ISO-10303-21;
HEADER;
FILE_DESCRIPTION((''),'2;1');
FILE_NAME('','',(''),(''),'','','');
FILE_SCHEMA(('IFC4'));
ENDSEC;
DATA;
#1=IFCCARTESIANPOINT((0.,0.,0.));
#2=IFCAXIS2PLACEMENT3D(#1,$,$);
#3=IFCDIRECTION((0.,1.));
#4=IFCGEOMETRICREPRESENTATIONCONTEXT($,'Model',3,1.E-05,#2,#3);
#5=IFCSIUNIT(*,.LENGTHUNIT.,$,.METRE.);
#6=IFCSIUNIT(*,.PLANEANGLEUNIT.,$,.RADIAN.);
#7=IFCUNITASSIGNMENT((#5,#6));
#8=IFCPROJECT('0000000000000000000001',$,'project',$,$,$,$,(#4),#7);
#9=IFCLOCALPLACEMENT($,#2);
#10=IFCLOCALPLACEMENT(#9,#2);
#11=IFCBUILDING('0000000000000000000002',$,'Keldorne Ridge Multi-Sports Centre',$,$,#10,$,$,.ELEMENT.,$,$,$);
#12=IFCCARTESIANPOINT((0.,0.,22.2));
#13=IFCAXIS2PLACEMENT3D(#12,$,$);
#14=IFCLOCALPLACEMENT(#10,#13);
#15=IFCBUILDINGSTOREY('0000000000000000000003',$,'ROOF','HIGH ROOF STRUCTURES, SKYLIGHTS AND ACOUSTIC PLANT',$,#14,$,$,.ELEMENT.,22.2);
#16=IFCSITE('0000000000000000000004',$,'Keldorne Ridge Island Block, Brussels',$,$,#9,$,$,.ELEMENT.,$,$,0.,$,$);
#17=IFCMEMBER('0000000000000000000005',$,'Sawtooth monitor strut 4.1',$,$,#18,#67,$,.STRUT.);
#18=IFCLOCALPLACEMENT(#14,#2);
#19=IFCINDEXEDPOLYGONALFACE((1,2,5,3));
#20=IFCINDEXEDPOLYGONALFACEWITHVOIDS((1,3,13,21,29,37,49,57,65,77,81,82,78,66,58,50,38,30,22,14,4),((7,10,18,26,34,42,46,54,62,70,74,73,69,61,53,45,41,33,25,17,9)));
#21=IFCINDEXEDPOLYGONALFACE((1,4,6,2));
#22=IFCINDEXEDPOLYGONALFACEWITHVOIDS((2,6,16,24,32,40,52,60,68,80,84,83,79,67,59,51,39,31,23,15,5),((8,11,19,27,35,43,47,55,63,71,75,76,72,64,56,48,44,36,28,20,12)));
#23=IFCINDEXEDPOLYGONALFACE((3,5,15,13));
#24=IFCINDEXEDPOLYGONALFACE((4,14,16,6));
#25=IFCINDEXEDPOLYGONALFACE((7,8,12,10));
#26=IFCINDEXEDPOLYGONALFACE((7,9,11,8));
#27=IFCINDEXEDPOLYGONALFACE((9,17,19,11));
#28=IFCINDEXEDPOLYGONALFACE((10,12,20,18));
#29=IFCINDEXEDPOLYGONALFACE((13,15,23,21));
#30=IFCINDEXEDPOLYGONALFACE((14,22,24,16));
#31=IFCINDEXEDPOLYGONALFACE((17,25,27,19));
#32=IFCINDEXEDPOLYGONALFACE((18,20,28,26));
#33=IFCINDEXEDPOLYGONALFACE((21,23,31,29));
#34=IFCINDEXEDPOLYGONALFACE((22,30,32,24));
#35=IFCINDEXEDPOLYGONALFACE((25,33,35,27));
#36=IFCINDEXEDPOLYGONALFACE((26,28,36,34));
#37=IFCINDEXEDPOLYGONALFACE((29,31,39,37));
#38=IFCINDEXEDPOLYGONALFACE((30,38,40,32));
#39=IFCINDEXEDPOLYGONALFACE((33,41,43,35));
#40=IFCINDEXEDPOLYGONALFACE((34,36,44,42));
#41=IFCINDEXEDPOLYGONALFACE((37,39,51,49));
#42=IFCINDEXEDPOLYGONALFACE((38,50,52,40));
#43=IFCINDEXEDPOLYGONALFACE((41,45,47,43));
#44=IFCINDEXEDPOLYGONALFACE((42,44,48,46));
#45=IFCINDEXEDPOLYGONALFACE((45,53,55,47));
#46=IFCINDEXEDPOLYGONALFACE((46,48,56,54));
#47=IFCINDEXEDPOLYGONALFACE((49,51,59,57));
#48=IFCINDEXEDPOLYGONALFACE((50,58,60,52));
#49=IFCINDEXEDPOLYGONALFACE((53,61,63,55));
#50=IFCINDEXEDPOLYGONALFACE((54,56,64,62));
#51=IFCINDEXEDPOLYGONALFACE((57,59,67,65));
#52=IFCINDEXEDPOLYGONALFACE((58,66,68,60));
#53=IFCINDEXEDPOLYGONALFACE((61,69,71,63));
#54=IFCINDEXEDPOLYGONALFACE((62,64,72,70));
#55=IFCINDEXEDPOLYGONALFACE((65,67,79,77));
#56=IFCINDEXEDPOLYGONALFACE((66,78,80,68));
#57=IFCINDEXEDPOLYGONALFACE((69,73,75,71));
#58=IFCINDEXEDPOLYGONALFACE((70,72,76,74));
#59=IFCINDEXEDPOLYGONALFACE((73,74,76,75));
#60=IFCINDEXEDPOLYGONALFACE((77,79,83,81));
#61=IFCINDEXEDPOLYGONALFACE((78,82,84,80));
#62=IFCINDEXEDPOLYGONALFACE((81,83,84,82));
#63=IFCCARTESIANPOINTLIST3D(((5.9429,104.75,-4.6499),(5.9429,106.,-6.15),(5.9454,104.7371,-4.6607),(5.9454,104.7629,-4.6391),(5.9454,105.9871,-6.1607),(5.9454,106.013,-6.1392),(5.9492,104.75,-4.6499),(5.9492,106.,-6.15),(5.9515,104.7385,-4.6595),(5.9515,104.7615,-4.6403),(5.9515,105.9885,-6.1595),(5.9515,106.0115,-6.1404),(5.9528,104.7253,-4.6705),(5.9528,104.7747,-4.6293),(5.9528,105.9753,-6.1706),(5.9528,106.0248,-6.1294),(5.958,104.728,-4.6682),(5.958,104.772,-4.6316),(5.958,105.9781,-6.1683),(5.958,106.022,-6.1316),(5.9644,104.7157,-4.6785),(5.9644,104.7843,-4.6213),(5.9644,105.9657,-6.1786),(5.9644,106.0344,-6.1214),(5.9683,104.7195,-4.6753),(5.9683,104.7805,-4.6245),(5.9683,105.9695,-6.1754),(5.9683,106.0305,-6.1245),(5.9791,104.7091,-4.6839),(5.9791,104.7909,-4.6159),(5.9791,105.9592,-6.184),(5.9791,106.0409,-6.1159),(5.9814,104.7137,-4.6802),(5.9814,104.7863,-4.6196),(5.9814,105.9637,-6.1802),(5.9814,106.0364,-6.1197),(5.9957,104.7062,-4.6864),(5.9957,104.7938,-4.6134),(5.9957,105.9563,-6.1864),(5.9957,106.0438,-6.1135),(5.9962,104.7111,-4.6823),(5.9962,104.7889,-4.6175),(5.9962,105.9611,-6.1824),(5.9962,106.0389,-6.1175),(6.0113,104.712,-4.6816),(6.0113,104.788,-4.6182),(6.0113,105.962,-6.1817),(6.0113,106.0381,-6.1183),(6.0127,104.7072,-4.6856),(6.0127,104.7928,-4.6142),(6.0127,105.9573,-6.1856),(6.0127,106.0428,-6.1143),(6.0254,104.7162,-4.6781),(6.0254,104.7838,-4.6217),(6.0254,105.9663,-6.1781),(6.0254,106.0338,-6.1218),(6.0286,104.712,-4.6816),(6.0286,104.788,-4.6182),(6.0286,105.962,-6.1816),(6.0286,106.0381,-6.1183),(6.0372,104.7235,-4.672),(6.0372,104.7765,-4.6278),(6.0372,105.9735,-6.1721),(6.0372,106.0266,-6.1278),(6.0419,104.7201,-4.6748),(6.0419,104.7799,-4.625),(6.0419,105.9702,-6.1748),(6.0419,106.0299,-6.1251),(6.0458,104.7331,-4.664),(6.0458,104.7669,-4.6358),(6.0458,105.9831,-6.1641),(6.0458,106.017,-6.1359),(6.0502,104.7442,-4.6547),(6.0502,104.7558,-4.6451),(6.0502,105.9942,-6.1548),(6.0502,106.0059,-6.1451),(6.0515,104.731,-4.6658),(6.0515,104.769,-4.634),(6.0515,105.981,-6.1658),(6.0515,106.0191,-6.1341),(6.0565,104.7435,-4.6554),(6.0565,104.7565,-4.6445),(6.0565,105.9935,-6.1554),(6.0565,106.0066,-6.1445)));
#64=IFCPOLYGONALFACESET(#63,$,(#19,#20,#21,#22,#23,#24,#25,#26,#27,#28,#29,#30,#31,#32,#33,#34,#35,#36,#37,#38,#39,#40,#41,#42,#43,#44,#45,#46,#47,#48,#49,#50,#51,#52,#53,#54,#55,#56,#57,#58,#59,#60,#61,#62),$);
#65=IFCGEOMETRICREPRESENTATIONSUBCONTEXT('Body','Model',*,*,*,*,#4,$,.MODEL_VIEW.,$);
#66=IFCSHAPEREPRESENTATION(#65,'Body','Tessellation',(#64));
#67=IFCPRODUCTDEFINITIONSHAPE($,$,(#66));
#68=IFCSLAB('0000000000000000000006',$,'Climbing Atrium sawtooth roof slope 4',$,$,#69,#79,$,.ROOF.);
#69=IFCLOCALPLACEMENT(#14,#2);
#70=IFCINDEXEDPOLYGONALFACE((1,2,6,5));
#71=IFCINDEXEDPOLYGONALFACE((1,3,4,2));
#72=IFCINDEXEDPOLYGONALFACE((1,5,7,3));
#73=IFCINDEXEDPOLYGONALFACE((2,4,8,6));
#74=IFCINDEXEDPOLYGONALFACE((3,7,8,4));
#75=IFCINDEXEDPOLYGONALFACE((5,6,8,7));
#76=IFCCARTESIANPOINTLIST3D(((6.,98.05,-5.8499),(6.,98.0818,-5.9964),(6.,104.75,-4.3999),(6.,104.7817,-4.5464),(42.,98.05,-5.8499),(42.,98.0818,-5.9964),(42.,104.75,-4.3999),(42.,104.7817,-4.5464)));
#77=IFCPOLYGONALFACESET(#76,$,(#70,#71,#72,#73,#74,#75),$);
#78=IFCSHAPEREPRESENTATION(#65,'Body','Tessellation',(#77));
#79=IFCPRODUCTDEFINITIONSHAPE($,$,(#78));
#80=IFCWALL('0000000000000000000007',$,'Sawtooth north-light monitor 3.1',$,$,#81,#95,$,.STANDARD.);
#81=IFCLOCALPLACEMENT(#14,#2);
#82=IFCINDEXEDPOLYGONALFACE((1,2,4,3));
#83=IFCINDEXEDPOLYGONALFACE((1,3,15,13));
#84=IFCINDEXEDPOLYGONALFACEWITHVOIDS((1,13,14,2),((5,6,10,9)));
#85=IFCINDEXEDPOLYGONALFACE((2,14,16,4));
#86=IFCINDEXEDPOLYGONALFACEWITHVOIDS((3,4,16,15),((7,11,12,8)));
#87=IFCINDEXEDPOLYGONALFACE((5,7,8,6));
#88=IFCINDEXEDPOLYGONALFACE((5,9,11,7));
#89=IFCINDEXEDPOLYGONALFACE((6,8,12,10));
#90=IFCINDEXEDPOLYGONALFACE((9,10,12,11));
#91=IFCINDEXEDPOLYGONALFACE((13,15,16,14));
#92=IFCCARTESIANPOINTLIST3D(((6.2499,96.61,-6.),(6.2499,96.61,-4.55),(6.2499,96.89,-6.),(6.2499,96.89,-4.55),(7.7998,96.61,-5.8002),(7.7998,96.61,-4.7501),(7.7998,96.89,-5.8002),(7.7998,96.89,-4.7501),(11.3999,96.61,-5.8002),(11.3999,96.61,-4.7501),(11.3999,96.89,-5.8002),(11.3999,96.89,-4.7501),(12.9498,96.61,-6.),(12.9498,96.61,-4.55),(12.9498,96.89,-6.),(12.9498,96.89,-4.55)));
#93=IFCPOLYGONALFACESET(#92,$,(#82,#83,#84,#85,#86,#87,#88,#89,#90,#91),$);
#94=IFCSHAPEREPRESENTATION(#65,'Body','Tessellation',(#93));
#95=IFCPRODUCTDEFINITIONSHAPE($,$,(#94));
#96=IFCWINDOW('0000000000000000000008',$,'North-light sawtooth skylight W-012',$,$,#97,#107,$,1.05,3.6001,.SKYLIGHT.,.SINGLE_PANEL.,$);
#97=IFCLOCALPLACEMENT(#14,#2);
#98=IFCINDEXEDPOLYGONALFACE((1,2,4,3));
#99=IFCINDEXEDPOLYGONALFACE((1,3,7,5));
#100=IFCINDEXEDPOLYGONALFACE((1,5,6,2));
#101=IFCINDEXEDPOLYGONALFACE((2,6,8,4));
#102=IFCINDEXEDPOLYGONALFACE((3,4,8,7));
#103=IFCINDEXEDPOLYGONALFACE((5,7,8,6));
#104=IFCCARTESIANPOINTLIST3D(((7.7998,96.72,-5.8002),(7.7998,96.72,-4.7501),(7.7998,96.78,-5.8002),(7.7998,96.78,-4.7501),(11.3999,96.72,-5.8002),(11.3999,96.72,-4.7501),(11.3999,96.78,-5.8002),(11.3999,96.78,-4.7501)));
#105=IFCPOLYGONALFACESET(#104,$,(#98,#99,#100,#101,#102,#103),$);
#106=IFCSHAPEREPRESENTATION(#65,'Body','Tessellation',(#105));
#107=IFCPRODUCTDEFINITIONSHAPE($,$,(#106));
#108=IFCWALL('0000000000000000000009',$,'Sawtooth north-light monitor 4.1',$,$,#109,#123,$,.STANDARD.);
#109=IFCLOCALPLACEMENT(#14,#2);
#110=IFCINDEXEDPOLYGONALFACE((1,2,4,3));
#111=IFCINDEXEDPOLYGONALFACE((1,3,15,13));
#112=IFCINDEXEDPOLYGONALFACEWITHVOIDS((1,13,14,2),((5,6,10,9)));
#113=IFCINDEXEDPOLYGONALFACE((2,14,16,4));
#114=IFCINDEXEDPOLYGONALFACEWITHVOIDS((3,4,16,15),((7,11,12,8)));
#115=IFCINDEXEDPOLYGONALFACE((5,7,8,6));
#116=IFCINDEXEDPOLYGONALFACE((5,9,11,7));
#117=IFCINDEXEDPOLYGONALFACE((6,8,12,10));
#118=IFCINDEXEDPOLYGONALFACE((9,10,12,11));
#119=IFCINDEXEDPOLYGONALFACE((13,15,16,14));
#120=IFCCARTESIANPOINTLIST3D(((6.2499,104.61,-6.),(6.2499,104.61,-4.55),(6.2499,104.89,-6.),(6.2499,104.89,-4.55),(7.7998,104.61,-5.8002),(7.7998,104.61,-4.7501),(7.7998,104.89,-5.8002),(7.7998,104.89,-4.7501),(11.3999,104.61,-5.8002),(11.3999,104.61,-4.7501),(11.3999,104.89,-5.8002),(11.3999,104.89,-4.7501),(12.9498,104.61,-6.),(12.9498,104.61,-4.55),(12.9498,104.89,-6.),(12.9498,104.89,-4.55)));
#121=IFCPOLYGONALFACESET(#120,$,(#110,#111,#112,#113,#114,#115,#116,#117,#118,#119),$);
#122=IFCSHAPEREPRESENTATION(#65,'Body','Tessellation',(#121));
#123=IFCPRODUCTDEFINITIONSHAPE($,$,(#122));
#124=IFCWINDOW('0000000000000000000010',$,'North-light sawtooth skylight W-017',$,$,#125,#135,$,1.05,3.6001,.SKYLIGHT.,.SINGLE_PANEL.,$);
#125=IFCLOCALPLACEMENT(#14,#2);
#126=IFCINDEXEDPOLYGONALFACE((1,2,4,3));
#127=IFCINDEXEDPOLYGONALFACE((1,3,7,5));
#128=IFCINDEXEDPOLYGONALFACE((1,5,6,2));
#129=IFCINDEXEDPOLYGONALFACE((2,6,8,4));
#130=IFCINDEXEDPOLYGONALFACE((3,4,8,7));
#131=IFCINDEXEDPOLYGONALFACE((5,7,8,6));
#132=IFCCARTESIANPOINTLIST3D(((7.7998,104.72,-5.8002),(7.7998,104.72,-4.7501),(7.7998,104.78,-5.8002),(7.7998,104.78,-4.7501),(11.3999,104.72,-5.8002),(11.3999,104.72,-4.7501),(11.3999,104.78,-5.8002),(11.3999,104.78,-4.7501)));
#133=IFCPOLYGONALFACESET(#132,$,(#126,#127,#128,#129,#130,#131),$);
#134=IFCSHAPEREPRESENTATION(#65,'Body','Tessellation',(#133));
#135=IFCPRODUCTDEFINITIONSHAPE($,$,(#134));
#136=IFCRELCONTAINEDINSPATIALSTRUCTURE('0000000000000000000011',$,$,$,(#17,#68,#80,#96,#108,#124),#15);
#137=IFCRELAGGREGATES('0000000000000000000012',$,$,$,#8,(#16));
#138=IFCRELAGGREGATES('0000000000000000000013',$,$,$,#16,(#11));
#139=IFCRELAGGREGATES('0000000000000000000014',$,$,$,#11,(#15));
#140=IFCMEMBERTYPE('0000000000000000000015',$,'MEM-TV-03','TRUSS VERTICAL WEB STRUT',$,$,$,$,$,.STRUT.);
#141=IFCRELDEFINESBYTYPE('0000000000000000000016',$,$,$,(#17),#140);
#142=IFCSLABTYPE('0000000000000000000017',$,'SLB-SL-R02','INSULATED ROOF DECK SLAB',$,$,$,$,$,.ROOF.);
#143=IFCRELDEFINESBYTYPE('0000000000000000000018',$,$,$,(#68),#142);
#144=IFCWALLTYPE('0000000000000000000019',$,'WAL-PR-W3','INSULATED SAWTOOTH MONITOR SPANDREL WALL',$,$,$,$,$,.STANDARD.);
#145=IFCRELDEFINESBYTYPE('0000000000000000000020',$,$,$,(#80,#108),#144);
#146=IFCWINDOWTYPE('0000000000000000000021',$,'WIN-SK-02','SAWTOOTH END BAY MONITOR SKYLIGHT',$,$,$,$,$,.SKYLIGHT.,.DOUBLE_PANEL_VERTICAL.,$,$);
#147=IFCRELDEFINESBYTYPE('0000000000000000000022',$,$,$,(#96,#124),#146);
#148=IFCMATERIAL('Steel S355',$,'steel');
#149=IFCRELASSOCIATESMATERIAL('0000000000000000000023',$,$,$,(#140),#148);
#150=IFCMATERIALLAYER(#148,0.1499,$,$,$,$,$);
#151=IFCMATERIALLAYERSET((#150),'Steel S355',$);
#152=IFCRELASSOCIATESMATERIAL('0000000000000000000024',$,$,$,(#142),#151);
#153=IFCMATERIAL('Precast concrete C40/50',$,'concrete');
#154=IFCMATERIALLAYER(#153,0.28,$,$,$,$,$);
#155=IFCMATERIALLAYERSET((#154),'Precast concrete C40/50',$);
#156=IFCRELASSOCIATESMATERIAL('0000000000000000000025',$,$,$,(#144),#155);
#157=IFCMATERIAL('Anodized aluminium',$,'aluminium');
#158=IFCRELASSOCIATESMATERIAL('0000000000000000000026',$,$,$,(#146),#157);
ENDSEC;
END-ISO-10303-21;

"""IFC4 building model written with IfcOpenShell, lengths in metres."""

from ifc_helpers import new_model, si_unit, direction, frame, frame_2d, origin, origin_2d, place, context, subcontext, project, spatial, polyline, rectangle, hollow_circle, outline, extrude, material, layer, layer_set, material_profile, profile_set, type_object, element, fill, save


model = new_model("IFC4")

# Units and contexts
model_context = context("Model", 3, precision=1e-05, world=origin(), true_north=direction((0.0, 1.0)))
body_context = subcontext(model_context, "Body", "Model", "MODEL_VIEW")
ifc_project = project(units=[si_unit("LENGTHUNIT", "METRE"), si_unit("PLANEANGLEUNIT", "RADIAN")], contexts=[model_context])

# Site, building, storey
site_placement = place(None, origin())
site = spatial("IfcSite", under=ifc_project, at=site_placement, Name="Keldorne Ridge Island Block, Brussels", CompositionType="ELEMENT", RefElevation=0.0)
building_placement = place(site_placement, origin())
building = spatial("IfcBuilding", under=site, at=building_placement, Name="Keldorne Ridge Multi-Sports Centre", CompositionType="ELEMENT")
storey_placement = place(building_placement, frame((0.0, 0.0, 22.2)))
storey = spatial("IfcBuildingStorey", under=building, at=storey_placement, Name="ROOF", Description="HIGH ROOF STRUCTURES, SKYLIGHTS AND ACOUSTIC PLANT", CompositionType="ELEMENT", Elevation=22.2)

# Shared definitions
ifc_material_1 = material(Name="Steel S355", Category="steel")

# Member
ifc_material_profile_1 = material_profile(ifc_material_1, hollow_circle(Radius=0.0571, WallThickness=0.0063, at=origin_2d()), Name="CHS 114.3x6.3")
ifc_profile_set_1 = profile_set([ifc_material_profile_1], Name="Steel S355")
member_type_1 = type_object("IfcMemberType", Name="MEM-TV-03", Description="TRUSS VERTICAL WEB STRUT", PredefinedType="STRUT", material=ifc_profile_set_1)
member_1_placement = place(storey_placement, frame((6.0, 104.75, -4.6499), z_axis=(0.0, 0.640184, -0.768221), x_axis=(-1.0, 0.0, 0.0)))
element("IfcMember", 1, at=member_1_placement, inside=storey, type_object=member_type_1, Name="Sawtooth monitor strut 4.1", PredefinedType="STRUT", context=body_context, shape_type="SweptSolid", body=[
    extrude(hollow_circle(Radius=0.0571, WallThickness=0.0063, at=origin_2d()), origin(), (0.0, 0.0, 1.0), 1.9526),
])

# Slab
ifc_layer_1 = layer(ifc_material_1, 0.1499)
ifc_layer_set_1 = layer_set([ifc_layer_1], Name="Steel S355")
slab_type = type_object("IfcSlabType", Name="SLB-SL-R02", Description="INSULATED ROOF DECK SLAB", PredefinedType="ROOF", material=ifc_layer_set_1)
slab_placement = place(storey_placement, frame((6.0, 98.05, -5.8499), z_axis=(0.0, -0.211516, 0.977375), x_axis=(1.0, 0.0, 0.0)))
element("IfcSlab", 2, at=slab_placement, inside=storey, type_object=slab_type, Name="Climbing Atrium sawtooth roof slope 4", PredefinedType="ROOF", context=body_context, shape_type="SweptSolid", body=[
    extrude(outline(polyline([(0.0, 0.0), (36.0, 0.0), (36.0, 6.855), (0.0, 6.855), (0.0, 0.0)])), origin(), (0.0, 0.0, -1.0), 0.1499),
])

# Walls, openings, windows
ifc_material_2 = material(Name="Precast concrete C40/50", Category="concrete")
ifc_layer_2 = layer(ifc_material_2, 0.28)
ifc_layer_set_2 = layer_set([ifc_layer_2], Name="Precast concrete C40/50")
wall_type = type_object("IfcWallType", Name="WAL-PR-W3", Description="INSULATED SAWTOOTH MONITOR SPANDREL WALL", PredefinedType="STANDARD", material=ifc_layer_set_2)
wall_1_placement = place(storey_placement, frame((12.95, 96.75, -6.0), z_axis=(0.0, 0.0, 1.0), x_axis=(-1.0, 0.0, 0.0)))
wall_1 = element("IfcWall", 3, at=wall_1_placement, inside=storey, type_object=wall_type, Name="Sawtooth north-light monitor 3.1", PredefinedType="STANDARD", context=body_context, shape_type="SweptSolid", body=[
    extrude(rectangle(XDim=6.7, YDim=0.28, at=frame_2d((3.3501, 0.0))), origin(), (0.0, 0.0, 1.0), 1.45),
])
opening_1_placement = place(wall_1_placement, frame((1.55, 0.0, 0.2)))
opening_1 = element("IfcOpeningElement", 4, at=opening_1_placement, cuts=wall_1, PredefinedType="OPENING", context=body_context, shape_type="SweptSolid", body=[
    extrude(rectangle(XDim=3.6001, YDim=1.05, at=frame_2d((1.8, 0.5249))), frame((0.0, 0.1499, 0.0), z_axis=(0.0, -1.0, 0.0), x_axis=(1.0, 0.0, 0.0)), (0.0, 0.0, 1.0), 0.3),
])
ifc_material_3 = material(Name="Anodized aluminium", Category="aluminium")
window_type = type_object("IfcWindowType", Name="WIN-SK-02", Description="SAWTOOTH END BAY MONITOR SKYLIGHT", PartitioningType="DOUBLE_PANEL_VERTICAL", PredefinedType="SKYLIGHT", material=ifc_material_3)
window_1_placement = place(opening_1_placement, origin())
window_1 = element("IfcWindow", 5, at=window_1_placement, inside=storey, type_object=window_type, Name="North-light sawtooth skylight W-012", OverallHeight=1.05, OverallWidth=3.6001, PartitioningType="SINGLE_PANEL", PredefinedType="SKYLIGHT", context=body_context, shape_type="SweptSolid", body=[
    extrude(rectangle(XDim=3.6001, YDim=1.05, at=frame_2d((1.8, 0.5249))), frame((0.0, 0.03, 0.0), z_axis=(0.0, -1.0, 0.0), x_axis=(1.0, 0.0, 0.0)), (0.0, 0.0, 1.0), 0.0601),
])
fill(opening_1, window_1)
wall_2_placement = place(storey_placement, frame((12.95, 104.75, -6.0), z_axis=(0.0, 0.0, 1.0), x_axis=(-1.0, 0.0, 0.0)))
wall_2 = element("IfcWall", 6, at=wall_2_placement, inside=storey, type_object=wall_type, Name="Sawtooth north-light monitor 4.1", PredefinedType="STANDARD", context=body_context, shape_type="SweptSolid", body=[
    extrude(rectangle(XDim=6.7, YDim=0.28, at=frame_2d((3.3501, 0.0))), origin(), (0.0, 0.0, 1.0), 1.45),
])
opening_2_placement = place(wall_2_placement, frame((1.55, 0.0, 0.2)))
opening_2 = element("IfcOpeningElement", 7, at=opening_2_placement, cuts=wall_2, PredefinedType="OPENING", context=body_context, shape_type="SweptSolid", body=[
    extrude(rectangle(XDim=3.6001, YDim=1.05, at=frame_2d((1.8, 0.5249))), frame((0.0, 0.1499, 0.0), z_axis=(0.0, -1.0, 0.0), x_axis=(1.0, 0.0, 0.0)), (0.0, 0.0, 1.0), 0.3),
])
window_2_placement = place(opening_2_placement, origin())
window_2 = element("IfcWindow", 8, at=window_2_placement, inside=storey, type_object=window_type, Name="North-light sawtooth skylight W-017", OverallHeight=1.05, OverallWidth=3.6001, PartitioningType="SINGLE_PANEL", PredefinedType="SKYLIGHT", context=body_context, shape_type="SweptSolid", body=[
    extrude(rectangle(XDim=3.6001, YDim=1.05, at=frame_2d((1.8, 0.5249))), frame((0.0, 0.03, 0.0), z_axis=(0.0, -1.0, 0.0), x_axis=(1.0, 0.0, 0.0)), (0.0, 0.0, 1.0), 0.0601),
])
fill(opening_2, window_2)

save(model, "model.ifc")
